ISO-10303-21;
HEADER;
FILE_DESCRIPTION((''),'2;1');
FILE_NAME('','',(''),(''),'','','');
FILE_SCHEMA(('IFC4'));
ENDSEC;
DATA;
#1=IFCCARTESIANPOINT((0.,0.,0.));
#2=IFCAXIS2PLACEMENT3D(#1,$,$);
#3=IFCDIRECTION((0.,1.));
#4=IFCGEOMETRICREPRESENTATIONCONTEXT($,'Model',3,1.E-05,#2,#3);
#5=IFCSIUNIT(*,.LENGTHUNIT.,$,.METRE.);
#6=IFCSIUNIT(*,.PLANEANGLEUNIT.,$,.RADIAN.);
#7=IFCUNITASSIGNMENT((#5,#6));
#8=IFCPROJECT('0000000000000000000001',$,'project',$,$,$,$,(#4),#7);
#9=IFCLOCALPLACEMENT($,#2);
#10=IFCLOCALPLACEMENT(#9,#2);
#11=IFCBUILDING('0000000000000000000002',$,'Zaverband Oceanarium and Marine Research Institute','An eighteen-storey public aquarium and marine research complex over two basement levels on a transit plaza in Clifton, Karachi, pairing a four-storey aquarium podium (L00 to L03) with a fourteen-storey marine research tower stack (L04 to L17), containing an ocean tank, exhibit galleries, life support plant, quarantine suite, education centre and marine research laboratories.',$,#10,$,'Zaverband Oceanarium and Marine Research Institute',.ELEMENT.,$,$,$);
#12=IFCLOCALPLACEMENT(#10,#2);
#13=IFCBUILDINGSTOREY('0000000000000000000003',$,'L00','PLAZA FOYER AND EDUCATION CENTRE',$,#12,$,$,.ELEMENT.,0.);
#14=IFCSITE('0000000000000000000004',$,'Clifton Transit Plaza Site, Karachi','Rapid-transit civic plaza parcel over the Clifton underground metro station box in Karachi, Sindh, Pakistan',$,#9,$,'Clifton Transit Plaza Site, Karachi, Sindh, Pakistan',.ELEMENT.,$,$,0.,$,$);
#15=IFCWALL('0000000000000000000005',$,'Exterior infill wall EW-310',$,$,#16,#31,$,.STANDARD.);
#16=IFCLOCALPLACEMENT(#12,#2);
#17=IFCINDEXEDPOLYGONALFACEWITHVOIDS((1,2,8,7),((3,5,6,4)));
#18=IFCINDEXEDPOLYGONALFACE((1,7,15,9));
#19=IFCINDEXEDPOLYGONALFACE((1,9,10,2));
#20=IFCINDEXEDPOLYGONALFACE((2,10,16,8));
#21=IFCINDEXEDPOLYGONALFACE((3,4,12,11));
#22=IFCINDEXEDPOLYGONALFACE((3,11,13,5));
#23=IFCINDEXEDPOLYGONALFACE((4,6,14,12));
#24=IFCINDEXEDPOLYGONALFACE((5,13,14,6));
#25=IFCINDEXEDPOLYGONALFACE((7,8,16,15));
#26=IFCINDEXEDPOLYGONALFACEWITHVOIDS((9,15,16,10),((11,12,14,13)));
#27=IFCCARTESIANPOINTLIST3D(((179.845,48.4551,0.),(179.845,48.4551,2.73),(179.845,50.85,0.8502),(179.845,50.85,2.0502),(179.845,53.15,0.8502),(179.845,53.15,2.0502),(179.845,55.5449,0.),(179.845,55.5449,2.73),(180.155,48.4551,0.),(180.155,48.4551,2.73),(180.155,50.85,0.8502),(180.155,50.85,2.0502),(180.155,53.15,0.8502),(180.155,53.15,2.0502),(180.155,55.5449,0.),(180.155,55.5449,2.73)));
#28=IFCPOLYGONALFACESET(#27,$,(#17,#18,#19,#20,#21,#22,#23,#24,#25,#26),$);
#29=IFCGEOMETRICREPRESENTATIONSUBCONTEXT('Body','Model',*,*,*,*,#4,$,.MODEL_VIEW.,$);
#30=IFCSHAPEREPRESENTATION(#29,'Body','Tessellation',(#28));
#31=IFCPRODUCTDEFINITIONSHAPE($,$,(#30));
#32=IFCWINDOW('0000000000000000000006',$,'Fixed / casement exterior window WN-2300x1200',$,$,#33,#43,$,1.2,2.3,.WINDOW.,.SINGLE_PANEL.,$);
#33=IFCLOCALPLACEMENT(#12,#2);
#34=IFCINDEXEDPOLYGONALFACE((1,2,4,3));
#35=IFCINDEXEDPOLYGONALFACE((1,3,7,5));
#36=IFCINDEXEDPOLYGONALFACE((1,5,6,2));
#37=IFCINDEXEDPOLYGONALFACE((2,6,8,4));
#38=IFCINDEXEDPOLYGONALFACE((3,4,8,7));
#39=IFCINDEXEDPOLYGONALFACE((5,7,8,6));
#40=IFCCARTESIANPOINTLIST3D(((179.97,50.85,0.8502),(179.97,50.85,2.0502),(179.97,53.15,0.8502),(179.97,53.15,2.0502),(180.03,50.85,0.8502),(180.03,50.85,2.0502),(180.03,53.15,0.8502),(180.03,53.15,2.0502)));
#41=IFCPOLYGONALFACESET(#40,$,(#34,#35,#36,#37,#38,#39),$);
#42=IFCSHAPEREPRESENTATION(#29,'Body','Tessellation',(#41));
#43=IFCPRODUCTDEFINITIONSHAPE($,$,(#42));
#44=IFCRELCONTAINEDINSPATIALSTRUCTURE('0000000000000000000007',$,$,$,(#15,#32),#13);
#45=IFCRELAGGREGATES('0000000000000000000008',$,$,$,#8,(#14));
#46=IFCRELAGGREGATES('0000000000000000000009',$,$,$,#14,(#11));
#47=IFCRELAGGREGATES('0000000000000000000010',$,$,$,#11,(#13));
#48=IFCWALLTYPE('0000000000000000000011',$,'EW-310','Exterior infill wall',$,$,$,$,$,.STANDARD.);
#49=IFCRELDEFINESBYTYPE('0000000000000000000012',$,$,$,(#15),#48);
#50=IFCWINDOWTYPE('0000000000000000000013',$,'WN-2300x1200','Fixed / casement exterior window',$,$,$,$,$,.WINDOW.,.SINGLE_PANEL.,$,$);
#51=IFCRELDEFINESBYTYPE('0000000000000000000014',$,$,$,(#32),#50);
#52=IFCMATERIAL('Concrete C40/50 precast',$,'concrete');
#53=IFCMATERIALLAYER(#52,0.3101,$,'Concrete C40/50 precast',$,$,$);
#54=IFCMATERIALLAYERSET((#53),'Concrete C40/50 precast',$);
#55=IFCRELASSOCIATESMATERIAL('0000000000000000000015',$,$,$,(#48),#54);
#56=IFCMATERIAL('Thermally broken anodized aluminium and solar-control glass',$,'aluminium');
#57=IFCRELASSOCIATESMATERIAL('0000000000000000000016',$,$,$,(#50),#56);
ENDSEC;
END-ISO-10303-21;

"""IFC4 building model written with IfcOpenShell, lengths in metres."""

from ifc_helpers import new_model, si_unit, direction, frame, frame_2d, origin, place, context, subcontext, project, spatial, rectangle, extrude, material, layer, layer_set, type_object, element, fill, save


model = new_model("IFC4")

# Units and contexts
model_context = context("Model", 3, precision=1e-05, world=origin(), true_north=direction((0.0, 1.0)))
body_context = subcontext(model_context, "Body", "Model", "MODEL_VIEW")
ifc_project = project(units=[si_unit("LENGTHUNIT", "METRE"), si_unit("PLANEANGLEUNIT", "RADIAN")], contexts=[model_context])

# Site, building, storey
site_placement = place(None, origin())
site = spatial("IfcSite", under=ifc_project, at=site_placement, Name="Clifton Transit Plaza Site, Karachi", Description="Rapid-transit civic plaza parcel over the Clifton underground metro station box in Karachi, Sindh, Pakistan", LongName="Clifton Transit Plaza Site, Karachi, Sindh, Pakistan", CompositionType="ELEMENT", RefElevation=0.0)
building_placement = place(site_placement, origin())
building = spatial("IfcBuilding", under=site, at=building_placement, Name="Zaverband Oceanarium and Marine Research Institute", Description="An eighteen-storey public aquarium and marine research complex over two basement levels on a transit plaza in Clifton, Karachi, pairing a four-storey aquarium podium (L00 to L03) with a fourteen-storey marine research tower stack (L04 to L17), containing an ocean tank, exhibit galleries, life support plant, quarantine suite, education centre and marine research laboratories.", LongName="Zaverband Oceanarium and Marine Research Institute", CompositionType="ELEMENT")
storey_placement = place(building_placement, origin())
storey = spatial("IfcBuildingStorey", under=building, at=storey_placement, Name="L00", Description="PLAZA FOYER AND EDUCATION CENTRE", CompositionType="ELEMENT", Elevation=0.0)

# Shared definitions
ifc_material_1 = material(Name="Concrete C40/50 precast", Category="concrete")

# Wall, opening, window
ifc_material_2 = material(Name="Thermally broken anodized aluminium and solar-control glass", Category="aluminium")
ifc_layer_1 = layer(ifc_material_1, 0.3101, Name="Concrete C40/50 precast")
ifc_layer_set_1 = layer_set([ifc_layer_1], Name="Concrete C40/50 precast")
wall_type_1 = type_object("IfcWallType", Name="EW-310", Description="Exterior infill wall", PredefinedType="STANDARD", material=ifc_layer_set_1)
wall_1_placement = place(storey_placement, frame((180.0, 48.4551, 0.0), z_axis=(0.0, 0.0, 1.0), x_axis=(0.0, 1.0, 0.0)))
wall_1 = element("IfcWall", 1, at=wall_1_placement, inside=storey, type_object=wall_type_1, Name="Exterior infill wall EW-310", PredefinedType="STANDARD", context=body_context, shape_type="SweptSolid", body=[
    extrude(rectangle(XDim=7.0898, YDim=0.3101, at=frame_2d((3.5449, 0.0))), origin(), (0.0, 0.0, 1.0), 2.73),
])
opening_1_placement = place(wall_1_placement, frame((2.395, 0.0, 0.8501)))
opening_1 = element("IfcOpeningElement", 2, at=opening_1_placement, cuts=wall_1, PredefinedType="OPENING", context=body_context, shape_type="SweptSolid", body=[
    extrude(rectangle(XDim=2.3, YDim=1.2, at=frame_2d((1.1499, 0.6001))), frame((0.0, 0.167, 0.0), z_axis=(0.0, -1.0, 0.0), x_axis=(1.0, 0.0, 0.0)), (0.0, 0.0, 1.0), 0.334),
])
window_type_1 = type_object("IfcWindowType", Name="WN-2300x1200", Description="Fixed / casement exterior window", PartitioningType="SINGLE_PANEL", PredefinedType="WINDOW", material=ifc_material_2)
window_1_placement = place(opening_1_placement, origin())
window_1 = element("IfcWindow", 3, at=window_1_placement, inside=storey, type_object=window_type_1, Name="Fixed / casement exterior window WN-2300x1200", OverallHeight=1.2, OverallWidth=2.3, PartitioningType="SINGLE_PANEL", PredefinedType="WINDOW", context=body_context, shape_type="SweptSolid", body=[
    extrude(rectangle(XDim=2.3, YDim=1.2, at=frame_2d((1.1499, 0.6001))), frame((0.0, 0.03, 0.0), z_axis=(0.0, -1.0, 0.0), x_axis=(1.0, 0.0, 0.0)), (0.0, 0.0, 1.0), 0.0601),
])
fill(opening_1, window_1)

save(model, "model.ifc")
